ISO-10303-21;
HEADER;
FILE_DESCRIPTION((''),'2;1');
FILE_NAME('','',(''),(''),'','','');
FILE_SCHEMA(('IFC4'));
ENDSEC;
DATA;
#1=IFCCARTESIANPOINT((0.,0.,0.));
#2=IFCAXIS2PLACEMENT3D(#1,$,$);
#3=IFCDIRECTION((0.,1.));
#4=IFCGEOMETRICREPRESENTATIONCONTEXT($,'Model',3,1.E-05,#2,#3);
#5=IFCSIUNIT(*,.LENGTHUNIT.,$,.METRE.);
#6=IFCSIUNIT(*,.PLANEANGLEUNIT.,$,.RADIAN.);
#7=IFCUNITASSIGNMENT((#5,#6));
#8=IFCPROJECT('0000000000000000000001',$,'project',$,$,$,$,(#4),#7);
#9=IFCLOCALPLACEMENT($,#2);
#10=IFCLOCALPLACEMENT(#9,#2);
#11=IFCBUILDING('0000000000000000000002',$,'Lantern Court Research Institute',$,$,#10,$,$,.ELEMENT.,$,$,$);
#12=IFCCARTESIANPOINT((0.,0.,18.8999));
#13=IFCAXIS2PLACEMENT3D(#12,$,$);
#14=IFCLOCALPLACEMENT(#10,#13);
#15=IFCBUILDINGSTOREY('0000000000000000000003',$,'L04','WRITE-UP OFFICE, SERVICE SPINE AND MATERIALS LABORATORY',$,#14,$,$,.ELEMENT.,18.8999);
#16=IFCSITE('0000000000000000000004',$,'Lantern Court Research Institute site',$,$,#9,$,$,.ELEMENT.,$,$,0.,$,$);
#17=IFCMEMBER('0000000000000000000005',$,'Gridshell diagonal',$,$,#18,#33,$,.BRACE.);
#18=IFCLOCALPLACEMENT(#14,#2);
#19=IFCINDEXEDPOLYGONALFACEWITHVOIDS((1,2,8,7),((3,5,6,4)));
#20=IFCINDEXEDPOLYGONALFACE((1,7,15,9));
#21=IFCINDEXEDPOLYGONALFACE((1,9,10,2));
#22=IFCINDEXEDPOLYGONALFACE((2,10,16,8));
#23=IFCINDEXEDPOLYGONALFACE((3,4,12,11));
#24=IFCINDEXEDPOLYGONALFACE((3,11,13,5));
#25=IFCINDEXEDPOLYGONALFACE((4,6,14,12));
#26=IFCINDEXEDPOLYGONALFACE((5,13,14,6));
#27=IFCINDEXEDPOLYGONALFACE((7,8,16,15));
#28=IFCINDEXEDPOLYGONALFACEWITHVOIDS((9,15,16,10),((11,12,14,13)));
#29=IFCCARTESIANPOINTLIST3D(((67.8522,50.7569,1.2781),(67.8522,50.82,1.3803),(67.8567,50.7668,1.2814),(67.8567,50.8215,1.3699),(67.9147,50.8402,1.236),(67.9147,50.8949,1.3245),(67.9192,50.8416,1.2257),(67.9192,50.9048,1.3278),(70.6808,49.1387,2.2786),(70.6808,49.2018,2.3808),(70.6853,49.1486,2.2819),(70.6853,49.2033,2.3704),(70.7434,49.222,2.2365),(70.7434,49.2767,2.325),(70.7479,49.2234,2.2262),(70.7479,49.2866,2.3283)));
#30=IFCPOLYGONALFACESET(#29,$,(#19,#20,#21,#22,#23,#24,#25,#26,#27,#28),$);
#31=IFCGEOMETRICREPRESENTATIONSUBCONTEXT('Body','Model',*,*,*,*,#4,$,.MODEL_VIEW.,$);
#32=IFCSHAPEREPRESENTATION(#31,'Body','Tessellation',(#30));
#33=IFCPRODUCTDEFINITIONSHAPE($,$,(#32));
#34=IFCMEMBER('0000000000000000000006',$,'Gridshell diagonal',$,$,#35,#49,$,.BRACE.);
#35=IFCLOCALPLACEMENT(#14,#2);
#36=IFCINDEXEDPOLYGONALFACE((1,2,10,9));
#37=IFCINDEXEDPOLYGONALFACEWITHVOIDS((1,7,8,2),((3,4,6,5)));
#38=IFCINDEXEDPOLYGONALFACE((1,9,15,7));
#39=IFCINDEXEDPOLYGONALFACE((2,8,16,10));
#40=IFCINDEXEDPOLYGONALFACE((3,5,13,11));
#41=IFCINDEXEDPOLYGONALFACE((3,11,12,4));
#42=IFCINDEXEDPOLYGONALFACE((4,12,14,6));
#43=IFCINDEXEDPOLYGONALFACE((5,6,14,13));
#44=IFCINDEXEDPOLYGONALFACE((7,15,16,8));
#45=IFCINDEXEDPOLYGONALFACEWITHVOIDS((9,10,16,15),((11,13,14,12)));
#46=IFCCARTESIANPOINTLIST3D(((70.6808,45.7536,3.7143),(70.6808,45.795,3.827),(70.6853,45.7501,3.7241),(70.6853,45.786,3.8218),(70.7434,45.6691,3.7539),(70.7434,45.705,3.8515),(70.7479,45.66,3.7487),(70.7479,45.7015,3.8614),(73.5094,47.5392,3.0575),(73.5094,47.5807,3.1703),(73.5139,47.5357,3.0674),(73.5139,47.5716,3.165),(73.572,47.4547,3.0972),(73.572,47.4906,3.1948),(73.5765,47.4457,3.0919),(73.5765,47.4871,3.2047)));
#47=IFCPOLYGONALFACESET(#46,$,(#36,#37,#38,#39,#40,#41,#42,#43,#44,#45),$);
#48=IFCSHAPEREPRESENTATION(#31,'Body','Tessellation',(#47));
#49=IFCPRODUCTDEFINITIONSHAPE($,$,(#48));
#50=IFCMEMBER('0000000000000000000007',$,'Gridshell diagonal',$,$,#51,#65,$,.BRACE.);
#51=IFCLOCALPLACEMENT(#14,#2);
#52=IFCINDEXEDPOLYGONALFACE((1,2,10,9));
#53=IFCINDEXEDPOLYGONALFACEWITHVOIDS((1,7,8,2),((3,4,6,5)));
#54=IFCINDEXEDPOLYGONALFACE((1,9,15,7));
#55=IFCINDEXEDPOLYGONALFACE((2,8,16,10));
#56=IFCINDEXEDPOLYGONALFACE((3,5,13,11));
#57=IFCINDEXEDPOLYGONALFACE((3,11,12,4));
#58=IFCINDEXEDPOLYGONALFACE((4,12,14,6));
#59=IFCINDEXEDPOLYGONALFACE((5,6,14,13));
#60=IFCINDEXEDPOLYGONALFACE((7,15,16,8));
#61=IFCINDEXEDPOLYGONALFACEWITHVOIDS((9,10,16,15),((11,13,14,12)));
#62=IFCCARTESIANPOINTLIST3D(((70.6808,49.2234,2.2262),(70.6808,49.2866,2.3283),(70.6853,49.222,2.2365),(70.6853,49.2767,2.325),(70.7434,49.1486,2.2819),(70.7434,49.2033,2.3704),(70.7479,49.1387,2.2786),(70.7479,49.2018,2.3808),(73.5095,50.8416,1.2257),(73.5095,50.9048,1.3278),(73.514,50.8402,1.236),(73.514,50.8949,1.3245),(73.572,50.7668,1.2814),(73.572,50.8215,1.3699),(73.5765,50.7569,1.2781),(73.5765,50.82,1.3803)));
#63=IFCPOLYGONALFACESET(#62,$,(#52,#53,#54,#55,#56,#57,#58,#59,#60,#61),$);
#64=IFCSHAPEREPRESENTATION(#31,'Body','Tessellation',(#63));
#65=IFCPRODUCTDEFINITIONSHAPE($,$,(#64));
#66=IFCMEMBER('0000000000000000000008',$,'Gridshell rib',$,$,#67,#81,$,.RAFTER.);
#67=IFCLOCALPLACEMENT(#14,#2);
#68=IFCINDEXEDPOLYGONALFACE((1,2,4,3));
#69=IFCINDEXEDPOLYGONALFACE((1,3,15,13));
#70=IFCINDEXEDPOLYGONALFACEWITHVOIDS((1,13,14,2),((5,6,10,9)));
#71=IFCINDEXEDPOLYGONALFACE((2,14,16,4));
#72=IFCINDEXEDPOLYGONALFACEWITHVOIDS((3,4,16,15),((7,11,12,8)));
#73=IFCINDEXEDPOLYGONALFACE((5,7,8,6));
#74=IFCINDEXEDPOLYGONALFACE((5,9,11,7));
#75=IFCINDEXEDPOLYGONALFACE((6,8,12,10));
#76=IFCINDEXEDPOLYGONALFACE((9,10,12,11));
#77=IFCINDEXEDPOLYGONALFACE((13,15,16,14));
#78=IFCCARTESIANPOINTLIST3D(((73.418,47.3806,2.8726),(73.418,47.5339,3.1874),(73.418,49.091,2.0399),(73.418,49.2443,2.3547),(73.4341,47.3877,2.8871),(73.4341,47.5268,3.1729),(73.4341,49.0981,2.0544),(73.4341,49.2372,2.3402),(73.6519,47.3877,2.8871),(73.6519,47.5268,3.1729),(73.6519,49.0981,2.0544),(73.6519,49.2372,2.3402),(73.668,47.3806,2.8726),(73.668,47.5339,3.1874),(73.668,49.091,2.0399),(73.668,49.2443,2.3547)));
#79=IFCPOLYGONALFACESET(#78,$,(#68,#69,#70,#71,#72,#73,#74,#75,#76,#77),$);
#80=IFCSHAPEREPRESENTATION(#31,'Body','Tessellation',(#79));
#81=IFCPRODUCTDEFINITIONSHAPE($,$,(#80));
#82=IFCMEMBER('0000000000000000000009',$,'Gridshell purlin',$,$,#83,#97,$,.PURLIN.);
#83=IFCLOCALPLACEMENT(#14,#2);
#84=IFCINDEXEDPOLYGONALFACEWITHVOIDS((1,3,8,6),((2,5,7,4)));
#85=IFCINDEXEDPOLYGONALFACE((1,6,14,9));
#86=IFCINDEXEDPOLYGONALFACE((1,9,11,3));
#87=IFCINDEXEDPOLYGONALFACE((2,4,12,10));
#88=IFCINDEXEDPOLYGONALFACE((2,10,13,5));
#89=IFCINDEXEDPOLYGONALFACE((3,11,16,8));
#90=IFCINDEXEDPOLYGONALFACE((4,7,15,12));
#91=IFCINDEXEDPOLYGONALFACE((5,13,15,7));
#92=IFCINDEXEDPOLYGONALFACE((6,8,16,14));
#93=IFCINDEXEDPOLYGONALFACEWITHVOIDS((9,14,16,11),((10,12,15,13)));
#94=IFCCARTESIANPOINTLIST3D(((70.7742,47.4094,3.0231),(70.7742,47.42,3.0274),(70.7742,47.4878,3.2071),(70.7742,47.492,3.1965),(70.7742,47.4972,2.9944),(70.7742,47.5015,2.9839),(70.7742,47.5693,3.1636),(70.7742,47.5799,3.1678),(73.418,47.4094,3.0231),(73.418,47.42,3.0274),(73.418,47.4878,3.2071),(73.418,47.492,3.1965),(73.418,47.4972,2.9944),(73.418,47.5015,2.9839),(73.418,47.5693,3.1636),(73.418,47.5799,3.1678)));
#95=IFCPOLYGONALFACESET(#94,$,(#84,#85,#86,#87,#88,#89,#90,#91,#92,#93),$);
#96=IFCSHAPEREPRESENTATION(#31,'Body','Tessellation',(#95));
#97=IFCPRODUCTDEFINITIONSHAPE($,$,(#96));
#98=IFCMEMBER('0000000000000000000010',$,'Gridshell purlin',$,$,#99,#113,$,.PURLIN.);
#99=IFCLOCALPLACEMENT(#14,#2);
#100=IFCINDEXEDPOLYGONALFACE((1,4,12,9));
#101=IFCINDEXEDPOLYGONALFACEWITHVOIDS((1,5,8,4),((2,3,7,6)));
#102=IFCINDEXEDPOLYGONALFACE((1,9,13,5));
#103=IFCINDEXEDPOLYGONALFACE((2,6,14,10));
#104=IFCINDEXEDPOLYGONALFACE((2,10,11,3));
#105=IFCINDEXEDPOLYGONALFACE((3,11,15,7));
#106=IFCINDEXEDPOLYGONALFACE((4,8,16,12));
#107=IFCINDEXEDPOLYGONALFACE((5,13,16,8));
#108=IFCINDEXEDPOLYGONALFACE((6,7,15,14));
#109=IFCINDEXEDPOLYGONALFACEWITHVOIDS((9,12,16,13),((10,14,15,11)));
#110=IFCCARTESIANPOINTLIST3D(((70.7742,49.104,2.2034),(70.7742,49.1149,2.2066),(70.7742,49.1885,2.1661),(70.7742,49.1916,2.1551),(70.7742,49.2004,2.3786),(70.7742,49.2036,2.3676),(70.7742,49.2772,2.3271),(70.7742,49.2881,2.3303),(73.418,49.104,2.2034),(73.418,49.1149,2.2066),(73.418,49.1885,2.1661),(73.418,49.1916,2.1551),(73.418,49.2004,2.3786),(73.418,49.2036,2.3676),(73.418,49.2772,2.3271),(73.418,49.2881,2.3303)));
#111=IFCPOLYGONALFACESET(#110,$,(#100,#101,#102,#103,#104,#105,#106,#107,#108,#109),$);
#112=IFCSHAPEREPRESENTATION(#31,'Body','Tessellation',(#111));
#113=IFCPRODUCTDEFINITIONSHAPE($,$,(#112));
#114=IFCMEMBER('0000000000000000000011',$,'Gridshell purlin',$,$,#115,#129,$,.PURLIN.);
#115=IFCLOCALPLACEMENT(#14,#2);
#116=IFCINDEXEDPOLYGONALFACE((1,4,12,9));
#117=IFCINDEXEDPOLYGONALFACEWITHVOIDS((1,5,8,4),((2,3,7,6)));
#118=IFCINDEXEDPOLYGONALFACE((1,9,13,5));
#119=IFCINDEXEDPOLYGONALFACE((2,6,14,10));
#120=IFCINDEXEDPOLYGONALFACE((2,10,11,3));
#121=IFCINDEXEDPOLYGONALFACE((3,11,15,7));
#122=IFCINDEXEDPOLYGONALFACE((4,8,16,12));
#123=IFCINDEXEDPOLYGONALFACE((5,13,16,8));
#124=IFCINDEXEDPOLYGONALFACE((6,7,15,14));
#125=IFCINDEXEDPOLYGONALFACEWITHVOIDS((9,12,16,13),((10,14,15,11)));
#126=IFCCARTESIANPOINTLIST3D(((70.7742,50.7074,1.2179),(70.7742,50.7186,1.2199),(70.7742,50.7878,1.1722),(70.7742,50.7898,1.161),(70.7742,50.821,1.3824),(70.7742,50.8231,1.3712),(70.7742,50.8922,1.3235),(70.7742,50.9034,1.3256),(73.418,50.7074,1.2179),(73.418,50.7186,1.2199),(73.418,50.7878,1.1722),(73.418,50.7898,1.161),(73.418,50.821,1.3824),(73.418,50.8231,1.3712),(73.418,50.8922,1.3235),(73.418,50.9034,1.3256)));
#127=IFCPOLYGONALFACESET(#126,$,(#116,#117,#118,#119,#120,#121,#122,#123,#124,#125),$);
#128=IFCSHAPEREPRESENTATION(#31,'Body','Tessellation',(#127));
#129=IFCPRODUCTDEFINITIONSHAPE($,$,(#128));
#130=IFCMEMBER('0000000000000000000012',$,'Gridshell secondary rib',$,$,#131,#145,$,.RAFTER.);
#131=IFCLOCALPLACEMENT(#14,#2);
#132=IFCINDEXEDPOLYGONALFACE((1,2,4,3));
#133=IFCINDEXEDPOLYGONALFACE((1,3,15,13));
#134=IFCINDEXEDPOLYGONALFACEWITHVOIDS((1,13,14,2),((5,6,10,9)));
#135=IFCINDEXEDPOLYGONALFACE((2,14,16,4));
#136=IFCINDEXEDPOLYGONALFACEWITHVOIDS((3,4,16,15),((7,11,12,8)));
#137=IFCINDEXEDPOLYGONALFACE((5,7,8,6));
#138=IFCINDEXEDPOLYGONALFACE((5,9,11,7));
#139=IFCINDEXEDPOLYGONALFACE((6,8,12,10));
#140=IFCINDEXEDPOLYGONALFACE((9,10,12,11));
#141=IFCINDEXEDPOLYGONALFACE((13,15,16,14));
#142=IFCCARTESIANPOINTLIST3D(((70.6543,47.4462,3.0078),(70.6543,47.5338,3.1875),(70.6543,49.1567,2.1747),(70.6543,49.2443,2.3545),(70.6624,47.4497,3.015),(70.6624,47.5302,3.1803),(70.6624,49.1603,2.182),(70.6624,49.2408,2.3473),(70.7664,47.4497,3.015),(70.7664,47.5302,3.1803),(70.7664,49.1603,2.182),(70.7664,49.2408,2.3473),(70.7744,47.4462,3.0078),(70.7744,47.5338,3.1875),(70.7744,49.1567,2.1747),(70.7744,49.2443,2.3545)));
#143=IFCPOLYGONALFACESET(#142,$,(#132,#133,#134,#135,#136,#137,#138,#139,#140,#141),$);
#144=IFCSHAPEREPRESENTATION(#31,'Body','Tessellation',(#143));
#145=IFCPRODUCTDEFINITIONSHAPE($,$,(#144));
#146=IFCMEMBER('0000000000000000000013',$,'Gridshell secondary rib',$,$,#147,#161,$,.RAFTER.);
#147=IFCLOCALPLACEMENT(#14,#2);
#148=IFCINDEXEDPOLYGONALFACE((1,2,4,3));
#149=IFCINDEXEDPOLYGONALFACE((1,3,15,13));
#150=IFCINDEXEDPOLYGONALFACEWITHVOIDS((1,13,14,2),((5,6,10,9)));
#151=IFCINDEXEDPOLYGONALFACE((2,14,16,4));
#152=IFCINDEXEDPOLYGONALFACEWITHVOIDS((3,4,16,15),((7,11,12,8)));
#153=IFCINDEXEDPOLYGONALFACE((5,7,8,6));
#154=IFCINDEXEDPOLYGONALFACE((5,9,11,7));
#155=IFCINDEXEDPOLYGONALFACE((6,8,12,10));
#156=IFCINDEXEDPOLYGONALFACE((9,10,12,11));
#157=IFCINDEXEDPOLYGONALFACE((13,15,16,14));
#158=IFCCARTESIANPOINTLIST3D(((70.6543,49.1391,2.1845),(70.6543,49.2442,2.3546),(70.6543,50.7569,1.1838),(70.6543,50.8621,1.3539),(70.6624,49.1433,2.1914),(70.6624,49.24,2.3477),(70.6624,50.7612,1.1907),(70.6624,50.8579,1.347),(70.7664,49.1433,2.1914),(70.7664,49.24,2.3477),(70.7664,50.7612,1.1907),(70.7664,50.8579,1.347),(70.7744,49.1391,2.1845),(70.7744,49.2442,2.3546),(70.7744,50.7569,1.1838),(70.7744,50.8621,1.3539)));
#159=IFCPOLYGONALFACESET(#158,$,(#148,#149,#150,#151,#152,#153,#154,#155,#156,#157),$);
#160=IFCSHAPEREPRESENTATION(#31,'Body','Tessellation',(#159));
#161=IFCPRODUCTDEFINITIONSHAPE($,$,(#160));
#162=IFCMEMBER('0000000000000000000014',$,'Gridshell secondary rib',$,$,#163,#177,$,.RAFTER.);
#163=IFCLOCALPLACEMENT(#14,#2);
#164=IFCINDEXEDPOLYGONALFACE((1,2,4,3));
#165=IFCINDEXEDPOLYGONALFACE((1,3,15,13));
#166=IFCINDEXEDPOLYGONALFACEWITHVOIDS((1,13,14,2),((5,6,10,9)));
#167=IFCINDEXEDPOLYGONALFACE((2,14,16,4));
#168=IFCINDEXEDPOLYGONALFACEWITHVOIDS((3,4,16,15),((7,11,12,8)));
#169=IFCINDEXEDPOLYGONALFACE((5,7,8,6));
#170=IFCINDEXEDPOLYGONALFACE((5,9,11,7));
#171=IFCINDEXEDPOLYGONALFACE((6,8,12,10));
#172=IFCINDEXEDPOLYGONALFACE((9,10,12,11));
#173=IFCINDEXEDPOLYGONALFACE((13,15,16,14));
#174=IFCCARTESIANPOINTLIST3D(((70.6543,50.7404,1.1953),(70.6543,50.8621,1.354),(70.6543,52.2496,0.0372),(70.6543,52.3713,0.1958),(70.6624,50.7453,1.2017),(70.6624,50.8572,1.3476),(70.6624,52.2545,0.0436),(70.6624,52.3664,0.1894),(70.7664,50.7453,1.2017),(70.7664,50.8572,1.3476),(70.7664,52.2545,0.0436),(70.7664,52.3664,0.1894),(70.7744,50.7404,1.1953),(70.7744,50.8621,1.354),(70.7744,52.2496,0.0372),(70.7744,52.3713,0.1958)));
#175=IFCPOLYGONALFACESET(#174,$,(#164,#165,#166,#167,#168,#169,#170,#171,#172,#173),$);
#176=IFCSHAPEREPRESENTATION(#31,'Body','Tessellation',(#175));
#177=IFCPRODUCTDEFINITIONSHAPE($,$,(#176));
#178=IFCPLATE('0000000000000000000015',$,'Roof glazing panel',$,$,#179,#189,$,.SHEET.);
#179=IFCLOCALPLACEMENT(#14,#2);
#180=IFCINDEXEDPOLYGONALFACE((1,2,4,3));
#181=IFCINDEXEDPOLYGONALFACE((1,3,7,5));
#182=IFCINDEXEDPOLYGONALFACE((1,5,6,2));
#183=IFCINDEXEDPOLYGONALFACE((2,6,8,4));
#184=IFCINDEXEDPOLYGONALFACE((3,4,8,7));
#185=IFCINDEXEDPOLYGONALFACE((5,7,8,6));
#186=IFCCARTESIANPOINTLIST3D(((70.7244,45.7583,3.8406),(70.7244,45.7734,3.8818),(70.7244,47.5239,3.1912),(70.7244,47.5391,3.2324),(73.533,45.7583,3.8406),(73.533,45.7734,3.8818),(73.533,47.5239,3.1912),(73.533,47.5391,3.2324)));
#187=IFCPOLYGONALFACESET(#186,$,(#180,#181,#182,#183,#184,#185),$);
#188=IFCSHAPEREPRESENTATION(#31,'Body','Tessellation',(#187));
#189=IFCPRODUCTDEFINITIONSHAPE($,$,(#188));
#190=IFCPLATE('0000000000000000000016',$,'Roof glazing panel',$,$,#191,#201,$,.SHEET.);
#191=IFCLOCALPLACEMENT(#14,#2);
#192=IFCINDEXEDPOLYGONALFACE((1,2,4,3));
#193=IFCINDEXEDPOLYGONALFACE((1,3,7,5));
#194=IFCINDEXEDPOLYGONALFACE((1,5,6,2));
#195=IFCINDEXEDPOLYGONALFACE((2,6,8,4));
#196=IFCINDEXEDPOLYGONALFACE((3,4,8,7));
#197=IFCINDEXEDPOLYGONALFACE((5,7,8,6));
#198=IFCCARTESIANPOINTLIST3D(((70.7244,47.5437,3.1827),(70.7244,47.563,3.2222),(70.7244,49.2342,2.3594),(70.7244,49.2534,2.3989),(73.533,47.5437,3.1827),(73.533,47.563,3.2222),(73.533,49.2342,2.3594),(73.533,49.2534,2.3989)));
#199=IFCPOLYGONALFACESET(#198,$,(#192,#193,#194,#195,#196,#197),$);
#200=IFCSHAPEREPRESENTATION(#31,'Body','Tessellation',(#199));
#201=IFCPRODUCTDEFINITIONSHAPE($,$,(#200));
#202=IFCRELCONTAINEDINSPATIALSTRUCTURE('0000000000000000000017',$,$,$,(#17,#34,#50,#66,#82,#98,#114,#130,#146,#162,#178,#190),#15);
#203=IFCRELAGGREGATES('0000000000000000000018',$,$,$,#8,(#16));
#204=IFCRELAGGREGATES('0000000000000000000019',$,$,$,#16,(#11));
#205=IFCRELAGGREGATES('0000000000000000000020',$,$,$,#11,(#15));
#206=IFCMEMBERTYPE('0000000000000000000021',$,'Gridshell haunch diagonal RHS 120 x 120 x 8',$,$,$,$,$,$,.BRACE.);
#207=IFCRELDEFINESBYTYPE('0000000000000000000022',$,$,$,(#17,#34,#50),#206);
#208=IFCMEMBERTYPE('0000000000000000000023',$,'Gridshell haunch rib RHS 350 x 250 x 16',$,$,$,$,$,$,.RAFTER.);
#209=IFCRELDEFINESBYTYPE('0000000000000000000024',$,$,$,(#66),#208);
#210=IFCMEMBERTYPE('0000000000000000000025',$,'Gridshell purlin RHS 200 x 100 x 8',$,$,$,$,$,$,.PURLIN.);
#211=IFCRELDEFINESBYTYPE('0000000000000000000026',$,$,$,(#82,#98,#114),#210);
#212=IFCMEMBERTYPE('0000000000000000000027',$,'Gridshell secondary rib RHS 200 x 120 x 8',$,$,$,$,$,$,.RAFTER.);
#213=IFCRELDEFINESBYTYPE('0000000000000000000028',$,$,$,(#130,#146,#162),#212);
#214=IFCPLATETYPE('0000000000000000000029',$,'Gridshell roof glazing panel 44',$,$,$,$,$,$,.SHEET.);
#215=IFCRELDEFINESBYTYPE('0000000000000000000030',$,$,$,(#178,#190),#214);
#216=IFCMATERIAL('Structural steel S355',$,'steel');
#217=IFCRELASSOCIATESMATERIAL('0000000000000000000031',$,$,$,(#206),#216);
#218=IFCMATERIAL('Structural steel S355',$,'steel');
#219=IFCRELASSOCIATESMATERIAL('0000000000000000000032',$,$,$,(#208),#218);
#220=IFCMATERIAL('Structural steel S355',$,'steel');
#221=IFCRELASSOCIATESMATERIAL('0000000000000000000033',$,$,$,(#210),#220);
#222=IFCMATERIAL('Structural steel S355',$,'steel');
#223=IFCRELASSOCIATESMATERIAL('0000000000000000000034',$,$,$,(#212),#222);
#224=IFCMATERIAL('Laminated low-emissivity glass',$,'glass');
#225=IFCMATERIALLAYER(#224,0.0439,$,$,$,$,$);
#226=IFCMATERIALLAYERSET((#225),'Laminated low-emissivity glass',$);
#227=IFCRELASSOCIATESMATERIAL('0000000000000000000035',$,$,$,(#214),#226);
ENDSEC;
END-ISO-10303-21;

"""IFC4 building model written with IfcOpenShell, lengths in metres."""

from ifc_helpers import new_model, si_unit, direction, frame, origin, origin_2d, place, context, subcontext, project, spatial, polyline, hollow_rectangle, outline, extrude, material, layer, layer_set, material_profile, profile_set, type_object, element, save


model = new_model("IFC4")

# Units and contexts
model_context = context("Model", 3, precision=1e-05, world=origin(), true_north=direction((0.0, 1.0)))
body_context = subcontext(model_context, "Body", "Model", "MODEL_VIEW")
ifc_project = project(units=[si_unit("LENGTHUNIT", "METRE"), si_unit("PLANEANGLEUNIT", "RADIAN")], contexts=[model_context])

# Site, building, storey
site_placement = place(None, origin())
site = spatial("IfcSite", under=ifc_project, at=site_placement, Name="Lantern Court Research Institute site", CompositionType="ELEMENT", RefElevation=0.0)
building_placement = place(site_placement, origin())
building = spatial("IfcBuilding", under=site, at=building_placement, Name="Lantern Court Research Institute", CompositionType="ELEMENT")
storey_placement = place(building_placement, frame((0.0, 0.0, 18.8999)))
storey = spatial("IfcBuildingStorey", under=building, at=storey_placement, Name="L04", Description="WRITE-UP OFFICE, SERVICE SPINE AND MATERIALS LABORATORY", CompositionType="ELEMENT", Elevation=18.8999)

# Members
ifc_material_1 = material(Name="Structural steel S355", Category="steel")
ifc_material_profile_1 = material_profile(ifc_material_1, hollow_rectangle(XDim=0.1201, YDim=0.1201, WallThickness=0.0081, at=origin_2d()), Name="Gridshell haunch diagonal RHS 120 x 120 x 8")
ifc_profile_set_1 = profile_set([ifc_material_profile_1], Name="Structural steel S355")
member_type_1 = type_object("IfcMemberType", Name="Gridshell haunch diagonal RHS 120 x 120 x 8", PredefinedType="BRACE", material=ifc_profile_set_1)
for number, where, z_axis, x_axis, name in (
    (1, (70.7144, 49.2126, 2.3035), (-0.829777, 0.47469, -0.293494), (-0.558095, -0.705724, 0.436444), "Gridshell diagonal"),
    (2, (70.7144, 45.7275, 3.7878), (0.829763, 0.523812, -0.192652), (-0.558116, 0.778754, -0.28644), "Gridshell diagonal"),
    (3, (70.7144, 49.2126, 2.3035), (0.829777, 0.47469, -0.293494), (-0.558095, 0.705724, -0.436444), "Gridshell diagonal"),
):
    element("IfcMember", number, at=place(storey_placement, frame(where, z_axis=z_axis, x_axis=x_axis)), inside=storey, type_object=member_type_1, Name=name, PredefinedType="BRACE", context=body_context, shape_type="SweptSolid", body=[
        extrude(hollow_rectangle(XDim=0.1201, YDim=0.1201, WallThickness=0.0081, at=origin_2d()), origin(), (0.0, 0.0, 1.0), 3.4089),
    ])
ifc_material_2 = material(Name="Structural steel S355", Category="steel")
ifc_material_profile_2 = material_profile(ifc_material_2, hollow_rectangle(XDim=0.25, YDim=0.3501, WallThickness=0.0161, at=origin_2d()), Name="Gridshell haunch rib RHS 350 x 250 x 16")
ifc_profile_set_2 = profile_set([ifc_material_profile_2], Name="Structural steel S355")
member_type_2 = type_object("IfcMemberType", Name="Gridshell haunch rib RHS 350 x 250 x 16", PredefinedType="RAFTER", material=ifc_profile_set_2)
member_1_placement = place(storey_placement, frame((73.543, 47.4573, 3.03), z_axis=(0.0, 0.8991, -0.437743), x_axis=(-1.0, 0.0, 0.0)))
element("IfcMember", 4, at=member_1_placement, inside=storey, type_object=member_type_2, Name="Gridshell rib", PredefinedType="RAFTER", context=body_context, shape_type="SweptSolid", body=[
    extrude(hollow_rectangle(XDim=0.25, YDim=0.3501, WallThickness=0.0161, at=origin_2d()), origin(), (0.0, 0.0, 1.0), 1.9023),
])
ifc_material_3 = material(Name="Structural steel S355", Category="steel")
ifc_material_profile_3 = material_profile(ifc_material_3, hollow_rectangle(XDim=0.1001, YDim=0.2, WallThickness=0.0081, at=origin_2d()), Name="Gridshell purlin RHS 200 x 100 x 8")
ifc_profile_set_3 = profile_set([ifc_material_profile_3], Name="Structural steel S355")
member_type_3 = type_object("IfcMemberType", Name="Gridshell purlin RHS 200 x 100 x 8", PredefinedType="PURLIN", material=ifc_profile_set_3)
for number, where, z_axis, x_axis, name in (
    (5, (70.7742, 47.4946, 3.0955), (1.0, 0.0, 0.0), (0.0, 0.919966, -0.391999), "Gridshell purlin"),
    (6, (70.7742, 49.196, 2.2668), (1.0, 0.0, 0.0), (0.0, 0.875897, -0.482497), "Gridshell purlin"),
    (7, (70.7742, 50.8054, 1.2717), (1.0, 0.0, 0.0), (0.0, 0.822954, -0.568108), "Gridshell purlin"),
):
    element("IfcMember", number, at=place(storey_placement, frame(where, z_axis=z_axis, x_axis=x_axis)), inside=storey, type_object=member_type_3, Name=name, PredefinedType="PURLIN", context=body_context, shape_type="SweptSolid", body=[
        extrude(hollow_rectangle(XDim=0.1001, YDim=0.2, WallThickness=0.0081, at=origin_2d()), origin(), (0.0, 0.0, 1.0), 2.6438),
    ])
ifc_material_4 = material(Name="Structural steel S355", Category="steel")
ifc_material_profile_4 = material_profile(ifc_material_4, hollow_rectangle(XDim=0.1201, YDim=0.2, WallThickness=0.0081, at=origin_2d()), Name="Gridshell secondary rib RHS 200 x 120 x 8")
ifc_profile_set_4 = profile_set([ifc_material_profile_4], Name="Structural steel S355")
member_type_4 = type_object("IfcMemberType", Name="Gridshell secondary rib RHS 200 x 120 x 8", PredefinedType="RAFTER", material=ifc_profile_set_4)
member_2_placement = place(storey_placement, frame((70.7144, 47.49, 3.0977), z_axis=(0.0, 0.899049, -0.437847), x_axis=(-1.0, 0.0, 0.0)))
element("IfcMember", 8, at=member_2_placement, inside=storey, type_object=member_type_4, Name="Gridshell secondary rib", PredefinedType="RAFTER", context=body_context, shape_type="SweptSolid", body=[
    extrude(hollow_rectangle(XDim=0.1201, YDim=0.2, WallThickness=0.0081, at=origin_2d()), origin(), (0.0, 0.0, 1.0), 1.9026),
])
for number, where, z_axis, x_axis, name in (
    (9, (70.7144, 49.1917, 2.2695), (0.0, 0.850462, -0.526036), (-1.0, 0.0, 0.0), "Gridshell secondary rib"),
    (10, (70.7144, 50.8013, 1.2747), (0.0, 0.79333, -0.608792), (-1.0, 0.0, 0.0), "Gridshell secondary rib"),
):
    element("IfcMember", number, at=place(storey_placement, frame(where, z_axis=z_axis, x_axis=x_axis)), inside=storey, type_object=member_type_4, Name=name, PredefinedType="RAFTER", context=body_context, shape_type="SweptSolid", body=[
        extrude(hollow_rectangle(XDim=0.1201, YDim=0.2, WallThickness=0.0081, at=origin_2d()), origin(), (0.0, 0.0, 1.0), 1.9023),
    ])

# Plates
ifc_material_5 = material(Name="Laminated low-emissivity glass", Category="glass")
ifc_layer = layer(ifc_material_5, 0.0439)
ifc_layer_set = layer_set([ifc_layer], Name="Laminated low-emissivity glass")
plate_type = type_object("IfcPlateType", Name="Gridshell roof glazing panel 44", PredefinedType="SHEET", material=ifc_layer_set)
plate_1_placement = place(storey_placement, frame((73.533, 45.7734, 3.8818), z_axis=(0.0, 0.3452, 0.938529), x_axis=(-1.0, 0.0, 0.0)))
element("IfcPlate", 11, at=plate_1_placement, inside=storey, type_object=plate_type, Name="Roof glazing panel", PredefinedType="SHEET", context=body_context, shape_type="SweptSolid", body=[
    extrude(outline(polyline([(0.0, 0.0), (2.8086, 0.0), (2.8086, -1.8813), (0.0, -1.8813), (0.0, 0.0)])), origin(), (0.0, 0.0, -1.0), 0.0439),
])
plate_2_placement = place(storey_placement, frame((73.533, 47.563, 3.2222), z_axis=(0.0, 0.43784, 0.899053), x_axis=(-1.0, 0.0, 0.0)))
element("IfcPlate", 12, at=plate_2_placement, inside=storey, type_object=plate_type, Name="Roof glazing panel", PredefinedType="SHEET", context=body_context, shape_type="SweptSolid", body=[
    extrude(outline(polyline([(0.0, 0.0), (2.8086, 0.0), (2.8086, -1.8802), (0.0, -1.8802), (0.0, 0.0)])), origin(), (0.0, 0.0, -1.0), 0.0439),
])

save(model, "model.ifc")
